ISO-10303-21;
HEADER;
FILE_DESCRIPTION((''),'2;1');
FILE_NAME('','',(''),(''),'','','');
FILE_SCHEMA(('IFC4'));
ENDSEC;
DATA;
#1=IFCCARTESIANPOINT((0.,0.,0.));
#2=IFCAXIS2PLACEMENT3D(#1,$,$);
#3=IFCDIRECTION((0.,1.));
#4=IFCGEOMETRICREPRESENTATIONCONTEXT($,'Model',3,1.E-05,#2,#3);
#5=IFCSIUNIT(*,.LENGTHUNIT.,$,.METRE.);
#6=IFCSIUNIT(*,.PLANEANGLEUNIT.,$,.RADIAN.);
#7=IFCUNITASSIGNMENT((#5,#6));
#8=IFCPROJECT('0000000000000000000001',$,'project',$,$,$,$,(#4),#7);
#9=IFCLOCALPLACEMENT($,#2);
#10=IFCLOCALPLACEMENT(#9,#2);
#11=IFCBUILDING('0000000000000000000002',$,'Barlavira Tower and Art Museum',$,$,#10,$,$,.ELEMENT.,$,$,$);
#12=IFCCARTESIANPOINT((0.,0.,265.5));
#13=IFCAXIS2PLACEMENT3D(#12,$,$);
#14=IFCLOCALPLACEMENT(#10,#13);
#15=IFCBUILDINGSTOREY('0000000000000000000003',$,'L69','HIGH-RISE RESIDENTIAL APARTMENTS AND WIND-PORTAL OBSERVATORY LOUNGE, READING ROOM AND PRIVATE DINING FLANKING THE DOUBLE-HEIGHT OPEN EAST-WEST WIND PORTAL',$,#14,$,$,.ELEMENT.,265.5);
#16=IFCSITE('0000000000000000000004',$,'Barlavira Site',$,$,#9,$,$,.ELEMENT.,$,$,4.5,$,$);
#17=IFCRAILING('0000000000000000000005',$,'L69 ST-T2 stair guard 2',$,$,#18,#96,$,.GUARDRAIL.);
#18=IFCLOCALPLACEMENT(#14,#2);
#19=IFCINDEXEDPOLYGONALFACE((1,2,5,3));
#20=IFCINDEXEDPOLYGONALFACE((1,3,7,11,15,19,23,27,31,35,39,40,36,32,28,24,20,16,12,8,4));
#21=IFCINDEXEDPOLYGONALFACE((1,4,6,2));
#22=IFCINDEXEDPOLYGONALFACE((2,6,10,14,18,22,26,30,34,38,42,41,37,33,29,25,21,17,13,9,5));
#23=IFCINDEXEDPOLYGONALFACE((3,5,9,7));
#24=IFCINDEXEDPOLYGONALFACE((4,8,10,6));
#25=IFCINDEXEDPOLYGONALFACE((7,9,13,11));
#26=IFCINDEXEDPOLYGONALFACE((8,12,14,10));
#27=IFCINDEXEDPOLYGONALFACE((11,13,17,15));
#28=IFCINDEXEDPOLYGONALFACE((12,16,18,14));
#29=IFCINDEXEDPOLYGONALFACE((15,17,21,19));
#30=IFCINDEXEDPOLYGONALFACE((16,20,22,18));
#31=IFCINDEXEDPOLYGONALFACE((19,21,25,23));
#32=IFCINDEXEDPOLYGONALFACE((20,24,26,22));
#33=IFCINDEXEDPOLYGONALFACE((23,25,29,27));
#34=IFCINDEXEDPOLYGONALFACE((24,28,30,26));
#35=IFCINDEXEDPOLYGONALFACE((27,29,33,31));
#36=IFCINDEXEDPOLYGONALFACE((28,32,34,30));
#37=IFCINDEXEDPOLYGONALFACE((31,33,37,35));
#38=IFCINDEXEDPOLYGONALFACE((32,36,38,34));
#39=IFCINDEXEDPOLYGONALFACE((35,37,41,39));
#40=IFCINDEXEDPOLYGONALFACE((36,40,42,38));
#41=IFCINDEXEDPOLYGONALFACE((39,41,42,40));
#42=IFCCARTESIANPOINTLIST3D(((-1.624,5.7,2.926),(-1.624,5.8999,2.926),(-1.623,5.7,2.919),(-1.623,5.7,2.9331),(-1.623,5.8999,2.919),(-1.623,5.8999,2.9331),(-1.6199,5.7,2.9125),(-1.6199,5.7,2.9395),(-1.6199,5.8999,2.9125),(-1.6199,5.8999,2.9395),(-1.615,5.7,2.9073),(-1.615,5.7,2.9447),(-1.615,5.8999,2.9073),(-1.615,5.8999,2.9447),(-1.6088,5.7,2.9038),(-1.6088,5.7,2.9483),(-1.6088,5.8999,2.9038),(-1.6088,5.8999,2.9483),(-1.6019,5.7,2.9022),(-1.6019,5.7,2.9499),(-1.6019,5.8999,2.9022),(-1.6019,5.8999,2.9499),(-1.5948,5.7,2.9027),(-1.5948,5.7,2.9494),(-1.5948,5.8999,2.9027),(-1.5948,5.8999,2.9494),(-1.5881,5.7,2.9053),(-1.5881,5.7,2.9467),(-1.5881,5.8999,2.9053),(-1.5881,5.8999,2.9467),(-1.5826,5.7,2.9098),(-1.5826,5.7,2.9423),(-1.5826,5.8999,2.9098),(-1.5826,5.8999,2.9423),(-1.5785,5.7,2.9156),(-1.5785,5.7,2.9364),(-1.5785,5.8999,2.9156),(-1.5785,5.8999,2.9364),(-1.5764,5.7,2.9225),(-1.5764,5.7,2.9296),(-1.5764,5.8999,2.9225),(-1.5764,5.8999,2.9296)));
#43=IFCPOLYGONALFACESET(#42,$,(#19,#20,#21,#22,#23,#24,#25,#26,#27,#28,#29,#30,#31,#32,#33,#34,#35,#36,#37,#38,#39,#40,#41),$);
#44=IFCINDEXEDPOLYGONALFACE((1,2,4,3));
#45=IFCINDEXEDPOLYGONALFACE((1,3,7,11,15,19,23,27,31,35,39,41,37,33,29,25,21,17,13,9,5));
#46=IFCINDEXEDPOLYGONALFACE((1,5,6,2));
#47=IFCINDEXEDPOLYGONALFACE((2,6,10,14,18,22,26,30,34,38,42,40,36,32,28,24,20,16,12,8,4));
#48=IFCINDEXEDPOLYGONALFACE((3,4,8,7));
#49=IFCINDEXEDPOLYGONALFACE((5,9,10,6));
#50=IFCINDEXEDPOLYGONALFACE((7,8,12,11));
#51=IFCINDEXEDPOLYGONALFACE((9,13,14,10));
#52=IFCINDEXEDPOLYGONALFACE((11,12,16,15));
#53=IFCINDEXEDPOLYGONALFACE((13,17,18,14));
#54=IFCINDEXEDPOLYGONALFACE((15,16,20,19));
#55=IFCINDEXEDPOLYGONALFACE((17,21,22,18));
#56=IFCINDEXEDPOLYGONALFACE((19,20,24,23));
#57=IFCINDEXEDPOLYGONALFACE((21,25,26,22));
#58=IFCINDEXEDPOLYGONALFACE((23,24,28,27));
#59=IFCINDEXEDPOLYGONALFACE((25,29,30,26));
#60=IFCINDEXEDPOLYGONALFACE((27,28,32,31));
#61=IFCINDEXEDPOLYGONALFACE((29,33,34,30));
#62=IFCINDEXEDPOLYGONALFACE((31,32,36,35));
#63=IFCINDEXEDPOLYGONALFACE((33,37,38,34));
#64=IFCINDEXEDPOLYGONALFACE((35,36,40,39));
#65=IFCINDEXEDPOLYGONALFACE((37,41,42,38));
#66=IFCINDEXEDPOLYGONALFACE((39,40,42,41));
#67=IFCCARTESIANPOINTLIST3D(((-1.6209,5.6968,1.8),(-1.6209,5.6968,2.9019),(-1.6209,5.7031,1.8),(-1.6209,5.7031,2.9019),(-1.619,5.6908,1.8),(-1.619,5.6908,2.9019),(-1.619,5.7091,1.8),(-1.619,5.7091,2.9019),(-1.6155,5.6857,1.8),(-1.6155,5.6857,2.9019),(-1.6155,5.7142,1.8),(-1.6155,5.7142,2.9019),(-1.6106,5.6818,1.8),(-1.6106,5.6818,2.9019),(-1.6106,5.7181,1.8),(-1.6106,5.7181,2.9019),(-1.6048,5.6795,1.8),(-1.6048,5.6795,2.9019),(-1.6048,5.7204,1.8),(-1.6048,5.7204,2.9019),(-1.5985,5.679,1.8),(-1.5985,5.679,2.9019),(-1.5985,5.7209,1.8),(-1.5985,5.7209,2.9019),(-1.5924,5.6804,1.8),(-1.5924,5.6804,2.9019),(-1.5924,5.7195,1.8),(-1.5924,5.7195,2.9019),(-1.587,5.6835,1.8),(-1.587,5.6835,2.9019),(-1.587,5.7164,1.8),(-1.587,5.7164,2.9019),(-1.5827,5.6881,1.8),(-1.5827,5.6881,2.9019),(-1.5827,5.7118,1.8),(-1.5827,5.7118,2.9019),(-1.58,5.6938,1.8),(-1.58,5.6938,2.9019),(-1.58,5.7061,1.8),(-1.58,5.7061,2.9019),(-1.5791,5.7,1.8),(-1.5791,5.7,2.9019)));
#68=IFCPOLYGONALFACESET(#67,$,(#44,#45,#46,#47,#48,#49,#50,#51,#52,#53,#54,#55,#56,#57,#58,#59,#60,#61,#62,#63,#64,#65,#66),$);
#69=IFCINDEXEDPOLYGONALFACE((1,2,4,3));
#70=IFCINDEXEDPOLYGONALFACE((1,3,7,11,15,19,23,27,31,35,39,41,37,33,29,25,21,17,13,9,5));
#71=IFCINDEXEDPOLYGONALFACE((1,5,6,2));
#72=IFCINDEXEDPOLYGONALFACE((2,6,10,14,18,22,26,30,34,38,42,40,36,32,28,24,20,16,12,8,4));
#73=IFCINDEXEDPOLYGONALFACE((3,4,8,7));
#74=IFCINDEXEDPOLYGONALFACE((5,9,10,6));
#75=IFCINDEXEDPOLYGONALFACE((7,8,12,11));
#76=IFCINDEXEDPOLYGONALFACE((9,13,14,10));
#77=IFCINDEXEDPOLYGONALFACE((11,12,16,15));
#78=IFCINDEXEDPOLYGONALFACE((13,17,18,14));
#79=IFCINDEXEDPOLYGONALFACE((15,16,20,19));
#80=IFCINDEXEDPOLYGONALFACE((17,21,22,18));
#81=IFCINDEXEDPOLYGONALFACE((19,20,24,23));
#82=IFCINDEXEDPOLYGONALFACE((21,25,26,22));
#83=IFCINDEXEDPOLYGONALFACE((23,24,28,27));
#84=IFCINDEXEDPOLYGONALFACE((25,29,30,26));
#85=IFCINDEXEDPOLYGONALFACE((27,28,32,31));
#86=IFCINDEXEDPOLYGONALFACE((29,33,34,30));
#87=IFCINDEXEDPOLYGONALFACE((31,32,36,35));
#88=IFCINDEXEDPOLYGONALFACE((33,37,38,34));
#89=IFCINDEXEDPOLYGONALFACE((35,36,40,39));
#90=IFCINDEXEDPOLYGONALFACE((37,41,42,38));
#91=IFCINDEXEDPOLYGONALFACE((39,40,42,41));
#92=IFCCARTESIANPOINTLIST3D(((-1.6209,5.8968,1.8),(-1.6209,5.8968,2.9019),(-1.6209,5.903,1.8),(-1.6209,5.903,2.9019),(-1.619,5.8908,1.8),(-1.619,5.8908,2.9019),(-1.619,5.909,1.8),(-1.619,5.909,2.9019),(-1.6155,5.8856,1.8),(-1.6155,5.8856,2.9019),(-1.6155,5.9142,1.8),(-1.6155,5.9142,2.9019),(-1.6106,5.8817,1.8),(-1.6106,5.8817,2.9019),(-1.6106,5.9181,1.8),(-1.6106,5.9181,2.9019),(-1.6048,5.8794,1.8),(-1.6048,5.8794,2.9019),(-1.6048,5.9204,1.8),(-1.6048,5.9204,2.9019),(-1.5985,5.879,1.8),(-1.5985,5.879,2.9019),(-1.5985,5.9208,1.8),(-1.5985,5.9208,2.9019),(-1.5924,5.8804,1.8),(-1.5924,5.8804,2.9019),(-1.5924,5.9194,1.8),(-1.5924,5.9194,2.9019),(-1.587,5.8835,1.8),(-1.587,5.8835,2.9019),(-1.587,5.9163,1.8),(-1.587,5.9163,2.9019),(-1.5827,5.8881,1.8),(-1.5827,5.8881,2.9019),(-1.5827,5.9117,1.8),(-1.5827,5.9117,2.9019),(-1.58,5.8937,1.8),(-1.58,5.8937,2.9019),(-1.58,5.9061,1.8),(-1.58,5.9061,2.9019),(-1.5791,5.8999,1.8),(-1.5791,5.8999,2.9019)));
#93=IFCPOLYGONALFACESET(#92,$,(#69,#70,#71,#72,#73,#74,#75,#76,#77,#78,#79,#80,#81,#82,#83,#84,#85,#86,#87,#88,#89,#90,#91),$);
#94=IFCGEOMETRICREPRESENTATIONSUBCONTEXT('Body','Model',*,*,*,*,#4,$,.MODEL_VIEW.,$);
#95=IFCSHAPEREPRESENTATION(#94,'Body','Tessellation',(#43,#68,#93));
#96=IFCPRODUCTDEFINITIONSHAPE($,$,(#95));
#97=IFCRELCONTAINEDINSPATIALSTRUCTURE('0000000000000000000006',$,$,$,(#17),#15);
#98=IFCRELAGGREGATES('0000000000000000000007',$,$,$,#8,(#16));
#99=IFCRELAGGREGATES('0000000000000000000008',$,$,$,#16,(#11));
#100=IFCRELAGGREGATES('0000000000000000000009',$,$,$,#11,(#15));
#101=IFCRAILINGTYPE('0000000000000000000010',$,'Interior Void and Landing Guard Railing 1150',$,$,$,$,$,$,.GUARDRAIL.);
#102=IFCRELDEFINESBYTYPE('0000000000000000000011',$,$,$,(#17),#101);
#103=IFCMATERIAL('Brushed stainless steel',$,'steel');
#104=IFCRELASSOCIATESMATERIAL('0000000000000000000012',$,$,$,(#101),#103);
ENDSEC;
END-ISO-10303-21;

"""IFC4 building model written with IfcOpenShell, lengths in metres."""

from ifc_helpers import new_model, si_unit, direction, frame, origin, origin_2d, place, context, subcontext, project, spatial, circle, extrude, material, type_object, element, save


model = new_model("IFC4")

# Units and contexts
model_context = context("Model", 3, precision=1e-05, world=origin(), true_north=direction((0.0, 1.0)))
body_context = subcontext(model_context, "Body", "Model", "MODEL_VIEW")
ifc_project = project(units=[si_unit("LENGTHUNIT", "METRE"), si_unit("PLANEANGLEUNIT", "RADIAN")], contexts=[model_context])

# Site, building, storey
site_placement = place(None, origin())
site = spatial("IfcSite", under=ifc_project, at=site_placement, Name="Barlavira Site", CompositionType="ELEMENT", RefElevation=4.5)
building_placement = place(site_placement, origin())
building = spatial("IfcBuilding", under=site, at=building_placement, Name="Barlavira Tower and Art Museum", CompositionType="ELEMENT")
storey_placement = place(building_placement, frame((0.0, 0.0, 265.5)))
storey = spatial("IfcBuildingStorey", under=building, at=storey_placement, Name="L69", Description="HIGH-RISE RESIDENTIAL APARTMENTS AND WIND-PORTAL OBSERVATORY LOUNGE, READING ROOM AND PRIVATE DINING FLANKING THE DOUBLE-HEIGHT OPEN EAST-WEST WIND PORTAL", CompositionType="ELEMENT", Elevation=265.5)

# Shared definitions
ifc_material_1 = material(Name="Brushed stainless steel", Category="steel")

# Railing
railing_type_1 = type_object("IfcRailingType", Name="Interior Void and Landing Guard Railing 1150", PredefinedType="GUARDRAIL", material=ifc_material_1)
railing_1_placement = place(storey_placement, frame((-1.6001, 5.7, 1.8)))
element("IfcRailing", 1, at=railing_1_placement, inside=storey, type_object=railing_type_1, Name="L69 ST-T2 stair guard 2", PredefinedType="GUARDRAIL", context=body_context, shape_type="SweptSolid", body=[
    extrude(circle(Radius=0.0239, at=origin_2d()), frame((0.0, 0.0, 1.126), z_axis=(0.0, 1.0, 0.0), x_axis=(-1.0, 0.0, 0.0)), (0.0, 0.0, 1.0), 0.2),
    extrude(circle(Radius=0.021, at=origin_2d()), origin(), (0.0, 0.0, 1.0), 1.1018),
    extrude(circle(Radius=0.021, at=origin_2d()), frame((0.0, 0.2, 0.0)), (0.0, 0.0, 1.0), 1.1018),
])

save(model, "model.ifc")
